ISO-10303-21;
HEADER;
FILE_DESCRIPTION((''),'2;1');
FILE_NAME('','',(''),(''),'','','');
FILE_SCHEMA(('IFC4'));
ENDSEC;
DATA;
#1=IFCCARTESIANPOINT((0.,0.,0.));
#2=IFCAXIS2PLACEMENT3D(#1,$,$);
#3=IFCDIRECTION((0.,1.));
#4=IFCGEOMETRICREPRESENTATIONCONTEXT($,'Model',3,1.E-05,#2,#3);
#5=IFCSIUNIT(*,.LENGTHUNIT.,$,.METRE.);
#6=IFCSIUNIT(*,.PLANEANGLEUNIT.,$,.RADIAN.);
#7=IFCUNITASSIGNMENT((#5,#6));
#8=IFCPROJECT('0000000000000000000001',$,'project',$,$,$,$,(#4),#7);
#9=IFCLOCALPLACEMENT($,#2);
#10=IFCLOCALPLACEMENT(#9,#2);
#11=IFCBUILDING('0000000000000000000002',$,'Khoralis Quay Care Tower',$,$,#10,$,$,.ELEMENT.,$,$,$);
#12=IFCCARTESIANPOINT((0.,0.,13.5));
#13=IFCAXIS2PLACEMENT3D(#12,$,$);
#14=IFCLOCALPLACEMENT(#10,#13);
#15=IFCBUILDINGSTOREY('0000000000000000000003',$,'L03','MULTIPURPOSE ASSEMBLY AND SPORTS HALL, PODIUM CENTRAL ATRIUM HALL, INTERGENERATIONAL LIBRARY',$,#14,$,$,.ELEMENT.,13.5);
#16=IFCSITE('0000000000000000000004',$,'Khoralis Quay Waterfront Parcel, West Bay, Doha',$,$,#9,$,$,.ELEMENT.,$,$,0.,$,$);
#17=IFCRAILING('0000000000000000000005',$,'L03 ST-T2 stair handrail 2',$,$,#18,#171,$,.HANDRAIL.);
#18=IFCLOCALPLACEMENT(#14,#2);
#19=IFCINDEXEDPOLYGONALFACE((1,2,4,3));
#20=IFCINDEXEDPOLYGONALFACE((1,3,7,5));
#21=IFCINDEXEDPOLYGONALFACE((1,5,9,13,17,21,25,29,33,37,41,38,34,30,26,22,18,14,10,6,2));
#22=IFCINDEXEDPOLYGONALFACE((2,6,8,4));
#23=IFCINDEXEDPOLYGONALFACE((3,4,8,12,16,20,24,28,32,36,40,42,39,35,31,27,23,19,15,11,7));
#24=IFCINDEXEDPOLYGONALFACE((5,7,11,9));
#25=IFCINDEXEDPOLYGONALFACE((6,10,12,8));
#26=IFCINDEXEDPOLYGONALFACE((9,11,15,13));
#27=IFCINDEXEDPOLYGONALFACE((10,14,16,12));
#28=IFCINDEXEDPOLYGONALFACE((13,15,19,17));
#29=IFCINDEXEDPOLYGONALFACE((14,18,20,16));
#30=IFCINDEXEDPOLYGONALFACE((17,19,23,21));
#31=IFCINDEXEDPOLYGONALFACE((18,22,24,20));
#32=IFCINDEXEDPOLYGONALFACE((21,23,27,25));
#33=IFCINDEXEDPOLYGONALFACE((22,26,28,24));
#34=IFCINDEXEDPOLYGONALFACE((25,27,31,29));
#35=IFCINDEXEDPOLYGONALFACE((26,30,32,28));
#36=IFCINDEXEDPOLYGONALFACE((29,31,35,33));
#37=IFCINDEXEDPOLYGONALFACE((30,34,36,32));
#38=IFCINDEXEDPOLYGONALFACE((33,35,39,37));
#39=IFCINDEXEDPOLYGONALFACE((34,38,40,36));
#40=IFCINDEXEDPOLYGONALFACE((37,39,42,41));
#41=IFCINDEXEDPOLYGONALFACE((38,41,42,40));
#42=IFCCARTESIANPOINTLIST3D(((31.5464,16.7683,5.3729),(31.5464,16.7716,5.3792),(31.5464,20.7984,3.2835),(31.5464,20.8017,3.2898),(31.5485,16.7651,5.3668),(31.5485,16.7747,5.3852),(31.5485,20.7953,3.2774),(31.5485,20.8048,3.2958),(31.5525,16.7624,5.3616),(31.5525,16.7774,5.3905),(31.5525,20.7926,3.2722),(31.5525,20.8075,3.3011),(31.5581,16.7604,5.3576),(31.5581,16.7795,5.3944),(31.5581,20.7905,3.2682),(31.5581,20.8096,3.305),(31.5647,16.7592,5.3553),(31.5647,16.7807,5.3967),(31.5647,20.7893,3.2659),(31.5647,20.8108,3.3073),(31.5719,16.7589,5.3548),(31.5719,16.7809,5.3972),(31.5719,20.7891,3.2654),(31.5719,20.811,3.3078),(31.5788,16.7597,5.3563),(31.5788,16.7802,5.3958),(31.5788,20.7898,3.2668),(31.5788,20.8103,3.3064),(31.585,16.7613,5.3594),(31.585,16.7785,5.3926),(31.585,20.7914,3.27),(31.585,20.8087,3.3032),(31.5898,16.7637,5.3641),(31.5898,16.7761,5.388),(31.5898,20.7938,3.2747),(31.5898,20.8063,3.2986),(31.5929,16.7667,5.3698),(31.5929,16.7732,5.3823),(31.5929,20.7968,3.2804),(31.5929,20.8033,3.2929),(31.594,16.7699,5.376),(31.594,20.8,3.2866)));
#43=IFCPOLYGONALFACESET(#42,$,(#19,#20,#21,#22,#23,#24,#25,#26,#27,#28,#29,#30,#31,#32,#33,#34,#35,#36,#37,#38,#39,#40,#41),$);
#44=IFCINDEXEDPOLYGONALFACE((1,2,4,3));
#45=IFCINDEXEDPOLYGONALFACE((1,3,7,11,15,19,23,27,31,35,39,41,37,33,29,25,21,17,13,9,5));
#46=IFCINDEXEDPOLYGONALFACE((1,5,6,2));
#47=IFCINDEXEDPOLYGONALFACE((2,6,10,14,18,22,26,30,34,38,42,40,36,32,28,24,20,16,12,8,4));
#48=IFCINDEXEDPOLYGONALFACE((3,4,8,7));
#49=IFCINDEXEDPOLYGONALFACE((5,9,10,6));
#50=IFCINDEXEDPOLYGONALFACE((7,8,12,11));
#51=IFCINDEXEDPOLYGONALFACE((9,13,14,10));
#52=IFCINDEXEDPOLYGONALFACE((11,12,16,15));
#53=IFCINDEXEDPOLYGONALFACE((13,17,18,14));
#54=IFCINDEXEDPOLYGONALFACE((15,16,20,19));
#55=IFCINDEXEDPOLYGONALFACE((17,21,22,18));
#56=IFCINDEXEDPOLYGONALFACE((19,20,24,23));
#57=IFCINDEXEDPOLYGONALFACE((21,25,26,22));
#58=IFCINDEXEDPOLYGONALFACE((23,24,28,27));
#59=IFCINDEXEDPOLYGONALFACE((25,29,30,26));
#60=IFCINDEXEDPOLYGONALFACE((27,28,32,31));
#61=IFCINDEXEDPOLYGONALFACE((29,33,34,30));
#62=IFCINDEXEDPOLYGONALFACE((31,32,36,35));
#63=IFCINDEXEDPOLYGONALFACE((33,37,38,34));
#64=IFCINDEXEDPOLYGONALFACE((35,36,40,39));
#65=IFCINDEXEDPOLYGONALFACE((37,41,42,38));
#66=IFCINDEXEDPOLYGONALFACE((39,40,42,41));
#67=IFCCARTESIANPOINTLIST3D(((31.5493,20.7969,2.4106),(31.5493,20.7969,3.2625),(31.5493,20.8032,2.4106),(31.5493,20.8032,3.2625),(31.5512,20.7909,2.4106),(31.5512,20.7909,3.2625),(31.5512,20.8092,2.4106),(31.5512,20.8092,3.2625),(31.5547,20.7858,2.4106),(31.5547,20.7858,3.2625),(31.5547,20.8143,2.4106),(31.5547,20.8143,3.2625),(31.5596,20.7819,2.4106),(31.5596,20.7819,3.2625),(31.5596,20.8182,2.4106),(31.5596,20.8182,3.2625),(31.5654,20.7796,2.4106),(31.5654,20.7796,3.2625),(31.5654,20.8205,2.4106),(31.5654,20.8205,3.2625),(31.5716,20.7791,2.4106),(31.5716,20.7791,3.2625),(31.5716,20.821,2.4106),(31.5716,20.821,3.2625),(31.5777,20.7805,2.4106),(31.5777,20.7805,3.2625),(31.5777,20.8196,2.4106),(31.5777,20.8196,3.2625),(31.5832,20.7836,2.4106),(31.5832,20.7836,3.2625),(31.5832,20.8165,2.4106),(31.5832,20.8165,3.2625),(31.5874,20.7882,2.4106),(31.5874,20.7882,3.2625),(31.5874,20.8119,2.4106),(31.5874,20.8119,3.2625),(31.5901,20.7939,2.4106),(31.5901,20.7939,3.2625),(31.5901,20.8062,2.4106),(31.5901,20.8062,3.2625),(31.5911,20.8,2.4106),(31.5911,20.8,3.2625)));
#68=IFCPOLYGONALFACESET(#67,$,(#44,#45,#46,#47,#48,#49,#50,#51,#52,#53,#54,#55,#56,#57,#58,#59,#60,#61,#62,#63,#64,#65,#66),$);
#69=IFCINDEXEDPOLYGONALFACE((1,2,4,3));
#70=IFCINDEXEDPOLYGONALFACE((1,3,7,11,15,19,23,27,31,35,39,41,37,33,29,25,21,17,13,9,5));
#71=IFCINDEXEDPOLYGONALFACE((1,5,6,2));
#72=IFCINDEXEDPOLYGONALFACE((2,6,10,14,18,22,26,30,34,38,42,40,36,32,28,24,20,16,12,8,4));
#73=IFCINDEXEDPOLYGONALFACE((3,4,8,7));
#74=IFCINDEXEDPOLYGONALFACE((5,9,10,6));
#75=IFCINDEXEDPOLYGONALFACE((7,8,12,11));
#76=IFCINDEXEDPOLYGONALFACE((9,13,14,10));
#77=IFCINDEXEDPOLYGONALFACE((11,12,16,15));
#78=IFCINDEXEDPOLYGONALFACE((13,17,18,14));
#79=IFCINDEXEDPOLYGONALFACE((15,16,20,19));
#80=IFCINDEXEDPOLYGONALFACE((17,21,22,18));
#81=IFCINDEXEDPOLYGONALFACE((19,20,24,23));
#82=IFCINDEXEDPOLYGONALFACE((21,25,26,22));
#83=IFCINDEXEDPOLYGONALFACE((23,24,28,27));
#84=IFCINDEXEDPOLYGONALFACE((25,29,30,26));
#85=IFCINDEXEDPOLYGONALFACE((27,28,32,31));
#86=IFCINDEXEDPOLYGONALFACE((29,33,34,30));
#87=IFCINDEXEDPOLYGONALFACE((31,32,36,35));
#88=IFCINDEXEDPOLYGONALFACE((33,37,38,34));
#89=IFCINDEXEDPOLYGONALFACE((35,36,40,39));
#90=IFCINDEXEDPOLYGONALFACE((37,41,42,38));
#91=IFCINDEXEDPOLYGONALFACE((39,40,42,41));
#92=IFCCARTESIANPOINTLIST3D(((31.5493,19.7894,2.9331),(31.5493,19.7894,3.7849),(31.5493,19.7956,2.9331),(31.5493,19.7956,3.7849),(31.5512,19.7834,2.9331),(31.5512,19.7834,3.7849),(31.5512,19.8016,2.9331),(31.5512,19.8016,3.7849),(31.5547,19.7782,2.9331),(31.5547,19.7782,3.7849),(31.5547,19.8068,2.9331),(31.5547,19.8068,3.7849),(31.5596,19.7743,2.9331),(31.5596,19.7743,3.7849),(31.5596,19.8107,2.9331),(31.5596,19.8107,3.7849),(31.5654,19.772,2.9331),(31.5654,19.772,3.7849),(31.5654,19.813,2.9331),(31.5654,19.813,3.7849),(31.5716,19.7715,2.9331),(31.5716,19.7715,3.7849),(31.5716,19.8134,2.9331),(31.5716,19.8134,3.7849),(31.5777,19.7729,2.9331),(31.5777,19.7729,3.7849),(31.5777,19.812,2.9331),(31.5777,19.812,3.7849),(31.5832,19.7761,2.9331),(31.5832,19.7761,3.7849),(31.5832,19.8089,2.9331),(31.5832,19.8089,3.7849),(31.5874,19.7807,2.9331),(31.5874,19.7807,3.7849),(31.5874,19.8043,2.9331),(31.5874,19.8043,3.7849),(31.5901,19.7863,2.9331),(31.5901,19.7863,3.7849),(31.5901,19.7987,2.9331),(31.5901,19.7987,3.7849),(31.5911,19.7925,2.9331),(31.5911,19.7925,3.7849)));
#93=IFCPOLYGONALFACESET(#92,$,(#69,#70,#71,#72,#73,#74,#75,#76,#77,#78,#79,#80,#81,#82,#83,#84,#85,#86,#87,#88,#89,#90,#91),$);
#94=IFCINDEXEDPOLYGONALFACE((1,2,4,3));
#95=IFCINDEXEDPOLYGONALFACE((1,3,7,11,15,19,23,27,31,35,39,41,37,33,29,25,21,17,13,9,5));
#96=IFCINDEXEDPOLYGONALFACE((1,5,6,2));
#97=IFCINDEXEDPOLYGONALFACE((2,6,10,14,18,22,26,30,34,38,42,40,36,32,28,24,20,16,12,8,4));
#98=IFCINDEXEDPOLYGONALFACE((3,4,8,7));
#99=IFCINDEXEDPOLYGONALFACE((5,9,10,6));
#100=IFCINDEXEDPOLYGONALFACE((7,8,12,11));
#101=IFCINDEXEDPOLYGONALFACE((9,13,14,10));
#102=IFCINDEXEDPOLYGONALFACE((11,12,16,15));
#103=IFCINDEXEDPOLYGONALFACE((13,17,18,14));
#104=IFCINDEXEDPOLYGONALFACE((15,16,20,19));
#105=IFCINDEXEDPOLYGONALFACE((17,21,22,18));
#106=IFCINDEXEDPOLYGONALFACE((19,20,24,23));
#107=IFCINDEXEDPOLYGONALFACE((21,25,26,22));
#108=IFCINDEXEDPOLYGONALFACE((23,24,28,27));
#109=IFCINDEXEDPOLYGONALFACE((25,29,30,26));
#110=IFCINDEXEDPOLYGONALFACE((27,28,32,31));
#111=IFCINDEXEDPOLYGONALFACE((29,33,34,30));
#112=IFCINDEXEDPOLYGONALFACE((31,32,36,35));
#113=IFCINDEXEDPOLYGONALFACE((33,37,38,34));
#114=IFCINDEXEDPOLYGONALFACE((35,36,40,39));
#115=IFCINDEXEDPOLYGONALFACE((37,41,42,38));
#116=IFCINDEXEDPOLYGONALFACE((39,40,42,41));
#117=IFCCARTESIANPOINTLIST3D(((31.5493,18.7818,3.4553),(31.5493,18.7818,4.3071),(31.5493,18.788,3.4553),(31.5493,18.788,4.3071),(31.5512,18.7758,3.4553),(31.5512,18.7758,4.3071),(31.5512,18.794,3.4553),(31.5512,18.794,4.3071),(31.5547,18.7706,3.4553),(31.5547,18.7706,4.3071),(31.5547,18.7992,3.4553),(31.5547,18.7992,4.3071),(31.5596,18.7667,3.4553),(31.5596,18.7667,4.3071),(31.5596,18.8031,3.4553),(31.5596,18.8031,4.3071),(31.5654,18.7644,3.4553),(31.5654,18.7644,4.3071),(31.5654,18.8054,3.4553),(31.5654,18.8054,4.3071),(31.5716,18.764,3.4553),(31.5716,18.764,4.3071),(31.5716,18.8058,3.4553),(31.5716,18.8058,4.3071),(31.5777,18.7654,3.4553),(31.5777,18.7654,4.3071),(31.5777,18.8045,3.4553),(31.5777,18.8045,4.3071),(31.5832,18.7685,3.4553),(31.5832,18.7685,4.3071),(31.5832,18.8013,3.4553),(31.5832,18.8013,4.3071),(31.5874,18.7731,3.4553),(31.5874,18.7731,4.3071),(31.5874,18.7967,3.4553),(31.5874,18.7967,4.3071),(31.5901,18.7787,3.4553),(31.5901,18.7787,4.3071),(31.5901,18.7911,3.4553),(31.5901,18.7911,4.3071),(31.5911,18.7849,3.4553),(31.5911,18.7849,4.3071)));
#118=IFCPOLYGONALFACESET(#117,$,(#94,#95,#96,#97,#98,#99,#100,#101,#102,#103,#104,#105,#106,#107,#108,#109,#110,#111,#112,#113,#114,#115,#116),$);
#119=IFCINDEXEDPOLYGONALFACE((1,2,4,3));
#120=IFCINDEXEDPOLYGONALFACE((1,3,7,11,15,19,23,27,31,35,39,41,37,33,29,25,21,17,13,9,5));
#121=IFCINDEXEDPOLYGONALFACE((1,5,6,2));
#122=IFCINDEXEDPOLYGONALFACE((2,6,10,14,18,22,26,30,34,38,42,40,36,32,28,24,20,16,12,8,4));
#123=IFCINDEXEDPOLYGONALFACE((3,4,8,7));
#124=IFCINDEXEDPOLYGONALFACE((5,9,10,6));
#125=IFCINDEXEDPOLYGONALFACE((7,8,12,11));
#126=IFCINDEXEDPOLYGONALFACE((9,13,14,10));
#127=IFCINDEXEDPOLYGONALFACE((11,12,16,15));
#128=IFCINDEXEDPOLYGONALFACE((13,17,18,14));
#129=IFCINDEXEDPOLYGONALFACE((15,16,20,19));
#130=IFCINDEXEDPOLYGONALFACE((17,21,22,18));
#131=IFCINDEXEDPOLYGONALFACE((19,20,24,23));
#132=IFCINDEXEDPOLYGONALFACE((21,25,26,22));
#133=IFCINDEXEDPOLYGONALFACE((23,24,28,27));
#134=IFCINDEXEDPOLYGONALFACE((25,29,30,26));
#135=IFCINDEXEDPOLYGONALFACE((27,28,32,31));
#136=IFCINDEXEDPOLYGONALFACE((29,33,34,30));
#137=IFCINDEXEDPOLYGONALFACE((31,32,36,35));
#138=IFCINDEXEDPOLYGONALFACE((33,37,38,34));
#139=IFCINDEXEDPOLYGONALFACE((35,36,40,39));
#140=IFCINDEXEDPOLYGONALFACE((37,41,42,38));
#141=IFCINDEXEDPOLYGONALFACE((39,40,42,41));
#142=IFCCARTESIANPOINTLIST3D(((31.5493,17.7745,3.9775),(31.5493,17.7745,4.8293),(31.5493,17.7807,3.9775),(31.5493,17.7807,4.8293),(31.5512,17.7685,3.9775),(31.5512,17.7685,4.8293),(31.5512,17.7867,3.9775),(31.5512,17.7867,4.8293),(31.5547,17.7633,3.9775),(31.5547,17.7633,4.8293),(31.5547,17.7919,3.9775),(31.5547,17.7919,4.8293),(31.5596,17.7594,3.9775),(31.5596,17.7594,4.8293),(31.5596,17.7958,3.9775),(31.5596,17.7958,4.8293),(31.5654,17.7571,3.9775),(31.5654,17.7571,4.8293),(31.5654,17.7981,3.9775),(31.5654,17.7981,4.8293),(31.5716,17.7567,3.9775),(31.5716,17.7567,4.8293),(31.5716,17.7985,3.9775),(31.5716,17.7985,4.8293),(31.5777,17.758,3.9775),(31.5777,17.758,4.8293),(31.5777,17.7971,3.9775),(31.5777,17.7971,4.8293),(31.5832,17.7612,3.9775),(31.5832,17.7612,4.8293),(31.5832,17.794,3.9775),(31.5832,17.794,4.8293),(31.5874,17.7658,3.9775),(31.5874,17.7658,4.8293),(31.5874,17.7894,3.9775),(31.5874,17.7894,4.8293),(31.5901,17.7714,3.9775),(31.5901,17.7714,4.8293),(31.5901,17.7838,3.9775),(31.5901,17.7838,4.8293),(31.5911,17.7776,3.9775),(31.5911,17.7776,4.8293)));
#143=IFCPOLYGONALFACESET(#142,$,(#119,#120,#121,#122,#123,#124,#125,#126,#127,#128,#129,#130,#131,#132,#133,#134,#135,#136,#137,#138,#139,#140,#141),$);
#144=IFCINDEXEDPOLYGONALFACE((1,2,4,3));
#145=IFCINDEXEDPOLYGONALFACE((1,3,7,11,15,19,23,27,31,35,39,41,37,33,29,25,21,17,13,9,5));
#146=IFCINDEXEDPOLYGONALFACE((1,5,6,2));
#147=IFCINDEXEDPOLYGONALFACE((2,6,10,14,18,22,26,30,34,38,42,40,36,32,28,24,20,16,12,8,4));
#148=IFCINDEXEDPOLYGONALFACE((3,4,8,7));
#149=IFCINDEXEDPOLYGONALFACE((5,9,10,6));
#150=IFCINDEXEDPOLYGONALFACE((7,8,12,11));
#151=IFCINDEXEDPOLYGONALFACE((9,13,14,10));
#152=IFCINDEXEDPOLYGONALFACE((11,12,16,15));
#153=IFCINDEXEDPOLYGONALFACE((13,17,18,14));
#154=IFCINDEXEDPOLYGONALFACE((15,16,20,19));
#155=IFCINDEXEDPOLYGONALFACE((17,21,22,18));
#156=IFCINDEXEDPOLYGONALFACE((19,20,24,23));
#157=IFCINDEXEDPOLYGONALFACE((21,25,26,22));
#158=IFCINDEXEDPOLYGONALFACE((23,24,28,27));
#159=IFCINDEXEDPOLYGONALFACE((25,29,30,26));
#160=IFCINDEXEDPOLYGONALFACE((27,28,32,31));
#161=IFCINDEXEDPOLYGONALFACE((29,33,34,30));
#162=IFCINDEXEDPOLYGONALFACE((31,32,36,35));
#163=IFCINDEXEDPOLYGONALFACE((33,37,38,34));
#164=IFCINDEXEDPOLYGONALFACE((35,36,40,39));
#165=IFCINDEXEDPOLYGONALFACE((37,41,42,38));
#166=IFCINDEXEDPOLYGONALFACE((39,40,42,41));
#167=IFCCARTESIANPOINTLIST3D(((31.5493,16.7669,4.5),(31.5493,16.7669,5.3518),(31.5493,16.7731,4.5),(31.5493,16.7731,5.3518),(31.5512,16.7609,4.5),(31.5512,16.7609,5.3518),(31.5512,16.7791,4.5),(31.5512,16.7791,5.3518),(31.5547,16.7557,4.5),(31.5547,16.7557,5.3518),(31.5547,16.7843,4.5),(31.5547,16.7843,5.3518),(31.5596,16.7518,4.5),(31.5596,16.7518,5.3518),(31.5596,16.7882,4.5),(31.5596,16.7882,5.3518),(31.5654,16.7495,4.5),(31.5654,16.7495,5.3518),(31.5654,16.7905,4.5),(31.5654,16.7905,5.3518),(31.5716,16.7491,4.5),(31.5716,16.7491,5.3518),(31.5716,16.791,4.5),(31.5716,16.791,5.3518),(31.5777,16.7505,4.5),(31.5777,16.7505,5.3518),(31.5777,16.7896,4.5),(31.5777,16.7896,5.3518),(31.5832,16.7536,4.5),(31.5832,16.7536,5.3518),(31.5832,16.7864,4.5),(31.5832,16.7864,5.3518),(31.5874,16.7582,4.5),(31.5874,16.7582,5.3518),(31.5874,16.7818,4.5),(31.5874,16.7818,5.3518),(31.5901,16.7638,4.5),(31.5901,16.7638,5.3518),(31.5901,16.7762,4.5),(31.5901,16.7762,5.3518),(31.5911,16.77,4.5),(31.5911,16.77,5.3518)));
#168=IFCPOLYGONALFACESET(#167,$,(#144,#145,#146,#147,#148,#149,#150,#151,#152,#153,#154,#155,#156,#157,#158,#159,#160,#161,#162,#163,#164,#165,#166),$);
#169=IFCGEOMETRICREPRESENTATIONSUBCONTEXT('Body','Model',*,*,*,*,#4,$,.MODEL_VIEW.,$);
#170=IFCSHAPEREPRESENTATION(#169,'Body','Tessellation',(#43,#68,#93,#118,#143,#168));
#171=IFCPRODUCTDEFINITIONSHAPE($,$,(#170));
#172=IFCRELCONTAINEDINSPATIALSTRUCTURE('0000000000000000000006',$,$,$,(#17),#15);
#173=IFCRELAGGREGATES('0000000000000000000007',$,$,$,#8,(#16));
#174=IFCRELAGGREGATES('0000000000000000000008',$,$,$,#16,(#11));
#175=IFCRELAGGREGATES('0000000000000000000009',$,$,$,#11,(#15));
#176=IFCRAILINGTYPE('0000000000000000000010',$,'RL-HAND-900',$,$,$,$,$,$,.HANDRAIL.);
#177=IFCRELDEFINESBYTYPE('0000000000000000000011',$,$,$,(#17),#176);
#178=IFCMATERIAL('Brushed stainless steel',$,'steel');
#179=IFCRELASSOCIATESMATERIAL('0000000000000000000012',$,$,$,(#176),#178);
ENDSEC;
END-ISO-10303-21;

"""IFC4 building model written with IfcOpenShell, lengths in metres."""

from ifc_helpers import new_model, si_unit, direction, frame, origin, origin_2d, place, context, subcontext, project, spatial, circle, extrude, material, type_object, element, save


model = new_model("IFC4")

# Units and contexts
model_context = context("Model", 3, precision=1e-05, world=origin(), true_north=direction((0.0, 1.0)))
body_context = subcontext(model_context, "Body", "Model", "MODEL_VIEW")
ifc_project = project(units=[si_unit("LENGTHUNIT", "METRE"), si_unit("PLANEANGLEUNIT", "RADIAN")], contexts=[model_context])

# Site, building, storey
site_placement = place(None, origin())
site = spatial("IfcSite", under=ifc_project, at=site_placement, Name="Khoralis Quay Waterfront Parcel, West Bay, Doha", CompositionType="ELEMENT", RefElevation=0.0)
building_placement = place(site_placement, origin())
building = spatial("IfcBuilding", under=site, at=building_placement, Name="Khoralis Quay Care Tower", CompositionType="ELEMENT")
storey_placement = place(building_placement, frame((0.0, 0.0, 13.5)))
storey = spatial("IfcBuildingStorey", under=building, at=storey_placement, Name="L03", Description="MULTIPURPOSE ASSEMBLY AND SPORTS HALL, PODIUM CENTRAL ATRIUM HALL, INTERGENERATIONAL LIBRARY", CompositionType="ELEMENT", Elevation=13.5)

# Shared definitions
ifc_material_1 = material(Name="Brushed stainless steel", Category="steel")

# Railing
railing_type_1 = type_object("IfcRailingType", Name="RL-HAND-900", PredefinedType="HANDRAIL", material=ifc_material_1)
railing_1_placement = place(storey_placement, frame((31.5701, 20.8, 2.4106)))
element("IfcRailing", 1, at=railing_1_placement, inside=storey, type_object=railing_type_1, Name="L03 ST-T2 stair handrail 2", PredefinedType="HANDRAIL", context=body_context, shape_type="SweptSolid", body=[
    extrude(circle(Radius=0.0239, at=origin_2d()), frame((0.0, 0.0, 0.876), z_axis=(0.0, -0.887781, 0.460267), x_axis=(1.0, 0.0, 0.0)), (0.0, 0.0, 1.0), 4.5396),
    extrude(circle(Radius=0.021, at=origin_2d()), origin(), (0.0, 0.0, 1.0), 0.8518),
    extrude(circle(Radius=0.021, at=origin_2d()), frame((0.0, -1.0076, 0.5225)), (0.0, 0.0, 1.0), 0.8518),
    extrude(circle(Radius=0.021, at=origin_2d()), frame((0.0, -2.0151, 1.0447)), (0.0, 0.0, 1.0), 0.8518),
    extrude(circle(Radius=0.021, at=origin_2d()), frame((0.0, -3.0225, 1.5669)), (0.0, 0.0, 1.0), 0.8518),
    extrude(circle(Radius=0.021, at=origin_2d()), frame((0.0, -4.03, 2.0894)), (0.0, 0.0, 1.0), 0.8518),
])

save(model, "model.ifc")
